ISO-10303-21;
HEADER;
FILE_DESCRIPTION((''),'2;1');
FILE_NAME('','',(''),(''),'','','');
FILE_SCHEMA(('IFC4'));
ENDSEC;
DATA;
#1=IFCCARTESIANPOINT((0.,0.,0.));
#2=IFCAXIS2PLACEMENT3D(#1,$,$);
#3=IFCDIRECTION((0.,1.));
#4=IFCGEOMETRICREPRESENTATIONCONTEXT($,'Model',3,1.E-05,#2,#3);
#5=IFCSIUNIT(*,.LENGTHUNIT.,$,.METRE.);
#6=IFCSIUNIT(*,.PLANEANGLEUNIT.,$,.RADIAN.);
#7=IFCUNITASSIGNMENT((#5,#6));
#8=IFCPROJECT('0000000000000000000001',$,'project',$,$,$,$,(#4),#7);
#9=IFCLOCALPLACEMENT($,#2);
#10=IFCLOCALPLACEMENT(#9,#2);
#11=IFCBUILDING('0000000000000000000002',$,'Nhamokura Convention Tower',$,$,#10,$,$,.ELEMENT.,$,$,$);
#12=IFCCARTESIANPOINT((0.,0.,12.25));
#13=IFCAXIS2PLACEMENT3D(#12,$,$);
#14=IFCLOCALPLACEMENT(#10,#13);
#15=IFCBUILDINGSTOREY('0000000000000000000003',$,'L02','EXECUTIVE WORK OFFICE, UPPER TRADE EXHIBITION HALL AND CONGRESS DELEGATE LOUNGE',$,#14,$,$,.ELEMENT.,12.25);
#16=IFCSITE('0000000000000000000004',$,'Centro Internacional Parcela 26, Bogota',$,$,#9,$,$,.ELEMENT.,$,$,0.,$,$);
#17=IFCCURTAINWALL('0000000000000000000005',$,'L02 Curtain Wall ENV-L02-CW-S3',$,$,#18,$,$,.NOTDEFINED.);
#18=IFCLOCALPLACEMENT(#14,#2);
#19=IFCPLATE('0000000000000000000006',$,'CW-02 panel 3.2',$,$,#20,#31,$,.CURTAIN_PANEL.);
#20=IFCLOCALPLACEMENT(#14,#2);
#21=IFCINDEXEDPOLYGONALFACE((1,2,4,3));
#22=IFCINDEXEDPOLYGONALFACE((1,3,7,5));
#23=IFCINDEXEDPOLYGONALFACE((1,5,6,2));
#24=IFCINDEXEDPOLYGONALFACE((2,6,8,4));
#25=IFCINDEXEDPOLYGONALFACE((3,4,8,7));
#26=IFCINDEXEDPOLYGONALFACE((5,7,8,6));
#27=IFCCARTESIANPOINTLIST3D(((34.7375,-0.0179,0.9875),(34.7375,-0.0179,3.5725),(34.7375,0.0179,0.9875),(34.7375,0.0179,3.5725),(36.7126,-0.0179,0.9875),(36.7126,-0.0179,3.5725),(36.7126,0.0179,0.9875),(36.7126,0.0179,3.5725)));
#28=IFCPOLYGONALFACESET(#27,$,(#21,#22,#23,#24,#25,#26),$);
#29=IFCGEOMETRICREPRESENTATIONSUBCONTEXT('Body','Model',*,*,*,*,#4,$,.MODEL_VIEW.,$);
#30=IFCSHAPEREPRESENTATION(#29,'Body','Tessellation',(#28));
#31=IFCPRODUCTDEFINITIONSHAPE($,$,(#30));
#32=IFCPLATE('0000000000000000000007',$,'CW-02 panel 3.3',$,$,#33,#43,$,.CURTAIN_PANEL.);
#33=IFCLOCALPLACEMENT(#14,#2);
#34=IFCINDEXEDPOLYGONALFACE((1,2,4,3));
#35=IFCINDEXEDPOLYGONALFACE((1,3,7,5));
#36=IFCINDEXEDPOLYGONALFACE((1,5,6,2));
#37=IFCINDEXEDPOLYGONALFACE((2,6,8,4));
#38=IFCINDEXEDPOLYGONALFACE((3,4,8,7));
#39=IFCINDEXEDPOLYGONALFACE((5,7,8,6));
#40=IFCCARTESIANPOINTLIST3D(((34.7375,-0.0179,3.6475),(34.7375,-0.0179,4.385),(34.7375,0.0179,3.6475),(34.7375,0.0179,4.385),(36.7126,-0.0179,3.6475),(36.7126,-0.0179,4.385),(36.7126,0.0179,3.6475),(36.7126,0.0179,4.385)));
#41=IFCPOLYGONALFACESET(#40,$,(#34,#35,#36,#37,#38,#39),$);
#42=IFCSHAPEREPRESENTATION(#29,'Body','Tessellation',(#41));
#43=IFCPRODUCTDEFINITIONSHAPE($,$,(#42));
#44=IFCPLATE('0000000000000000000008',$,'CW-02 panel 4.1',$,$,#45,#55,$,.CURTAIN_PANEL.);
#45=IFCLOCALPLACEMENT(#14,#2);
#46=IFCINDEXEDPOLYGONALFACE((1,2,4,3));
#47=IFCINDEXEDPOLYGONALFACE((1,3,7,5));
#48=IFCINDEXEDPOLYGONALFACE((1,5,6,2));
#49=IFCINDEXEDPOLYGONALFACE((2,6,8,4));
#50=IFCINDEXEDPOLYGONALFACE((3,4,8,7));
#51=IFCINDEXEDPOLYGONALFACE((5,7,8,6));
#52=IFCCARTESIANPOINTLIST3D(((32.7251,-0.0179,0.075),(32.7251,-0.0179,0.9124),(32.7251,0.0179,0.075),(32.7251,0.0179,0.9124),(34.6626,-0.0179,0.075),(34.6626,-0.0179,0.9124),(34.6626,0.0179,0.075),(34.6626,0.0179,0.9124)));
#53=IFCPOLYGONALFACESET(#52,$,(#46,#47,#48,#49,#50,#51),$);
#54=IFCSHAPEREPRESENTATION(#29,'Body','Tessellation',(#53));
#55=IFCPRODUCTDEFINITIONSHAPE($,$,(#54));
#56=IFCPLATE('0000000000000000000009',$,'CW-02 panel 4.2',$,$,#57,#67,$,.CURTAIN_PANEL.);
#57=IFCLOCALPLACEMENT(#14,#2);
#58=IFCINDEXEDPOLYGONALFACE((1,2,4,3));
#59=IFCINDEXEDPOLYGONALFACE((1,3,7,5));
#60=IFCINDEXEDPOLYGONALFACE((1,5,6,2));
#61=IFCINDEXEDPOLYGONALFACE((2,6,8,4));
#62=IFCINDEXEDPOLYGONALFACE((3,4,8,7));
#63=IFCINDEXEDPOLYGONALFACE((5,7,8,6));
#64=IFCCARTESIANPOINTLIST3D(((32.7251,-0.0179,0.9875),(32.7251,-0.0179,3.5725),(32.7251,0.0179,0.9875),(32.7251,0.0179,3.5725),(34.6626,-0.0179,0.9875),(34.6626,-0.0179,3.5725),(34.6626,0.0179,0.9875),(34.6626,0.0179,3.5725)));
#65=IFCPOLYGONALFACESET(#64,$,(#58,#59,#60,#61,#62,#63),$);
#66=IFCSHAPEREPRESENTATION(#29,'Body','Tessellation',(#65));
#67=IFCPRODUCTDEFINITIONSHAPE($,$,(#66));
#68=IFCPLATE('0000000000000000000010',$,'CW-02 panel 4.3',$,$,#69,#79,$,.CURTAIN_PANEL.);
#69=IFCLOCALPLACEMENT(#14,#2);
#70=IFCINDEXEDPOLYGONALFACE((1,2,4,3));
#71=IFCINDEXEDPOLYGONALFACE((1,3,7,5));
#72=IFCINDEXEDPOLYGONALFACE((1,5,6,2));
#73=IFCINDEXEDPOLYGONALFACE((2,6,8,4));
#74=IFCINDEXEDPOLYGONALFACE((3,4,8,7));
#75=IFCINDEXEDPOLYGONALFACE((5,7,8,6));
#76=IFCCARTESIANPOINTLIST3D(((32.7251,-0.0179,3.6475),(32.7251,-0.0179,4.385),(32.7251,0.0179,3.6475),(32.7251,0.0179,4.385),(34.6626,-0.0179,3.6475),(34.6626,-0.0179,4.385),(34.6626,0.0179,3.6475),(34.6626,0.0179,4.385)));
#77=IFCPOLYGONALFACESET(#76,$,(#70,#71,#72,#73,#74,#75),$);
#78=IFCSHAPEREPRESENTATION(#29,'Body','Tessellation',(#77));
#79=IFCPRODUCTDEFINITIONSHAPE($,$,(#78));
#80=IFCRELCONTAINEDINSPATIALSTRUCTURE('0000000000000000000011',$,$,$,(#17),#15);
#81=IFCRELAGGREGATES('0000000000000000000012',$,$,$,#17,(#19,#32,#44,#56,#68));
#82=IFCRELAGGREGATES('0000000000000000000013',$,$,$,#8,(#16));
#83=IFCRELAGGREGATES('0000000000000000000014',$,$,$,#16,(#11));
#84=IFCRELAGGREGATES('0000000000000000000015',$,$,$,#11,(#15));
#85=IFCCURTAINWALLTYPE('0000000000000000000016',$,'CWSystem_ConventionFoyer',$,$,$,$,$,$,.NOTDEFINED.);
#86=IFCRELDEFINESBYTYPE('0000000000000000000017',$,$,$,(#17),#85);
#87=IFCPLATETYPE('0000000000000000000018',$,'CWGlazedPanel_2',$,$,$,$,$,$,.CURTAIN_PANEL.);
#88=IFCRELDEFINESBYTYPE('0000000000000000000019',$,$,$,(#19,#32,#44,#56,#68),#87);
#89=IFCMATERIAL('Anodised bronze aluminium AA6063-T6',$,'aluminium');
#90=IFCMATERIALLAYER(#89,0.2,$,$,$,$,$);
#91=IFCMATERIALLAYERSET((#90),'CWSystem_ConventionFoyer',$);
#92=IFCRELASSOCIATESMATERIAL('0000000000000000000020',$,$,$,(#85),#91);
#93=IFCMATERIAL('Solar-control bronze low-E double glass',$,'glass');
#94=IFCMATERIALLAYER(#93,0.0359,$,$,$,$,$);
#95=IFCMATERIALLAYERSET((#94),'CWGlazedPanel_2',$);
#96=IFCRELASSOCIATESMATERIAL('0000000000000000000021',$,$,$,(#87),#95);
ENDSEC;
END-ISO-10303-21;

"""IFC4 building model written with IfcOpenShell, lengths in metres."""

from ifc_helpers import new_model, si_unit, direction, frame, origin, origin_2d, place, context, subcontext, project, spatial, rectangle, extrude, material, layer, layer_set, type_object, element, aggregate, save


model = new_model("IFC4")

# Units and contexts
model_context = context("Model", 3, precision=1e-05, world=origin(), true_north=direction((0.0, 1.0)))
body_context = subcontext(model_context, "Body", "Model", "MODEL_VIEW")
ifc_project = project(units=[si_unit("LENGTHUNIT", "METRE"), si_unit("PLANEANGLEUNIT", "RADIAN")], contexts=[model_context])

# Site, building, storey
site_placement = place(None, origin())
site = spatial("IfcSite", under=ifc_project, at=site_placement, Name="Centro Internacional Parcela 26, Bogota", CompositionType="ELEMENT", RefElevation=0.0)
building_placement = place(site_placement, origin())
building = spatial("IfcBuilding", under=site, at=building_placement, Name="Nhamokura Convention Tower", CompositionType="ELEMENT")
storey_placement = place(building_placement, frame((0.0, 0.0, 12.25)))
storey = spatial("IfcBuildingStorey", under=building, at=storey_placement, Name="L02", Description="EXECUTIVE WORK OFFICE, UPPER TRADE EXHIBITION HALL AND CONGRESS DELEGATE LOUNGE", CompositionType="ELEMENT", Elevation=12.25)

# Shared definitions
ifc_material_1 = material(Name="Anodised bronze aluminium AA6063-T6", Category="aluminium")
ifc_layer_1 = layer(ifc_material_1, 0.2)
ifc_layer_set_1 = layer_set([ifc_layer_1], Name="CWSystem_ConventionFoyer")
curtain_wall_type = type_object("IfcCurtainWallType", Name="CWSystem_ConventionFoyer", PredefinedType="NOTDEFINED", material=ifc_layer_set_1)

# Curtain wall
curtain_wall_1_placement = place(storey_placement, origin())
curtain_wall_1 = element("IfcCurtainWall", 1, at=curtain_wall_1_placement, inside=storey, type_object=curtain_wall_type, Name="L02 Curtain Wall ENV-L02-CW-S3", PredefinedType="NOTDEFINED")

# Plates
ifc_material_2 = material(Name="Solar-control bronze low-E double glass", Category="glass")
ifc_layer_2 = layer(ifc_material_2, 0.0359)
ifc_layer_set_2 = layer_set([ifc_layer_2], Name="CWGlazedPanel_2")
plate_type = type_object("IfcPlateType", Name="CWGlazedPanel_2", PredefinedType="CURTAIN_PANEL", material=ifc_layer_set_2)
plate_1_placement = place(storey_placement, frame((35.7251, 0.0, 0.9875), z_axis=(0.0, 0.0, 1.0), x_axis=(-1.0, 0.0, 0.0)))
plate_1 = element("IfcPlate", 2, at=plate_1_placement, type_object=plate_type, Name="CW-02 panel 3.2", PredefinedType="CURTAIN_PANEL", context=body_context, shape_type="SweptSolid", body=[
    extrude(rectangle(XDim=1.9751, YDim=0.0359, at=origin_2d()), origin(), (0.0, 0.0, 1.0), 2.585),
])
plate_2_placement = place(storey_placement, frame((35.7251, 0.0, 3.6475), z_axis=(0.0, 0.0, 1.0), x_axis=(-1.0, 0.0, 0.0)))
plate_2 = element("IfcPlate", 3, at=plate_2_placement, type_object=plate_type, Name="CW-02 panel 3.3", PredefinedType="CURTAIN_PANEL", context=body_context, shape_type="SweptSolid", body=[
    extrude(rectangle(XDim=1.9751, YDim=0.0359, at=origin_2d()), origin(), (0.0, 0.0, 1.0), 0.7375),
])
plate_3_placement = place(storey_placement, frame((33.6938, 0.0, 0.075), z_axis=(0.0, 0.0, 1.0), x_axis=(-1.0, 0.0, 0.0)))
plate_3 = element("IfcPlate", 4, at=plate_3_placement, type_object=plate_type, Name="CW-02 panel 4.1", PredefinedType="CURTAIN_PANEL", context=body_context, shape_type="SweptSolid", body=[
    extrude(rectangle(XDim=1.9375, YDim=0.0359, at=origin_2d()), origin(), (0.0, 0.0, 1.0), 0.8374),
])
plate_4_placement = place(storey_placement, frame((33.6938, 0.0, 0.9875), z_axis=(0.0, 0.0, 1.0), x_axis=(-1.0, 0.0, 0.0)))
plate_4 = element("IfcPlate", 5, at=plate_4_placement, type_object=plate_type, Name="CW-02 panel 4.2", PredefinedType="CURTAIN_PANEL", context=body_context, shape_type="SweptSolid", body=[
    extrude(rectangle(XDim=1.9375, YDim=0.0359, at=origin_2d()), origin(), (0.0, 0.0, 1.0), 2.585),
])
plate_5_placement = place(storey_placement, frame((33.6938, 0.0, 3.6475), z_axis=(0.0, 0.0, 1.0), x_axis=(-1.0, 0.0, 0.0)))
plate_5 = element("IfcPlate", 6, at=plate_5_placement, type_object=plate_type, Name="CW-02 panel 4.3", PredefinedType="CURTAIN_PANEL", context=body_context, shape_type="SweptSolid", body=[
    extrude(rectangle(XDim=1.9375, YDim=0.0359, at=origin_2d()), origin(), (0.0, 0.0, 1.0), 0.7375),
])
aggregate(curtain_wall_1, [plate_1, plate_2, plate_3, plate_4, plate_5])

save(model, "model.ifc")
